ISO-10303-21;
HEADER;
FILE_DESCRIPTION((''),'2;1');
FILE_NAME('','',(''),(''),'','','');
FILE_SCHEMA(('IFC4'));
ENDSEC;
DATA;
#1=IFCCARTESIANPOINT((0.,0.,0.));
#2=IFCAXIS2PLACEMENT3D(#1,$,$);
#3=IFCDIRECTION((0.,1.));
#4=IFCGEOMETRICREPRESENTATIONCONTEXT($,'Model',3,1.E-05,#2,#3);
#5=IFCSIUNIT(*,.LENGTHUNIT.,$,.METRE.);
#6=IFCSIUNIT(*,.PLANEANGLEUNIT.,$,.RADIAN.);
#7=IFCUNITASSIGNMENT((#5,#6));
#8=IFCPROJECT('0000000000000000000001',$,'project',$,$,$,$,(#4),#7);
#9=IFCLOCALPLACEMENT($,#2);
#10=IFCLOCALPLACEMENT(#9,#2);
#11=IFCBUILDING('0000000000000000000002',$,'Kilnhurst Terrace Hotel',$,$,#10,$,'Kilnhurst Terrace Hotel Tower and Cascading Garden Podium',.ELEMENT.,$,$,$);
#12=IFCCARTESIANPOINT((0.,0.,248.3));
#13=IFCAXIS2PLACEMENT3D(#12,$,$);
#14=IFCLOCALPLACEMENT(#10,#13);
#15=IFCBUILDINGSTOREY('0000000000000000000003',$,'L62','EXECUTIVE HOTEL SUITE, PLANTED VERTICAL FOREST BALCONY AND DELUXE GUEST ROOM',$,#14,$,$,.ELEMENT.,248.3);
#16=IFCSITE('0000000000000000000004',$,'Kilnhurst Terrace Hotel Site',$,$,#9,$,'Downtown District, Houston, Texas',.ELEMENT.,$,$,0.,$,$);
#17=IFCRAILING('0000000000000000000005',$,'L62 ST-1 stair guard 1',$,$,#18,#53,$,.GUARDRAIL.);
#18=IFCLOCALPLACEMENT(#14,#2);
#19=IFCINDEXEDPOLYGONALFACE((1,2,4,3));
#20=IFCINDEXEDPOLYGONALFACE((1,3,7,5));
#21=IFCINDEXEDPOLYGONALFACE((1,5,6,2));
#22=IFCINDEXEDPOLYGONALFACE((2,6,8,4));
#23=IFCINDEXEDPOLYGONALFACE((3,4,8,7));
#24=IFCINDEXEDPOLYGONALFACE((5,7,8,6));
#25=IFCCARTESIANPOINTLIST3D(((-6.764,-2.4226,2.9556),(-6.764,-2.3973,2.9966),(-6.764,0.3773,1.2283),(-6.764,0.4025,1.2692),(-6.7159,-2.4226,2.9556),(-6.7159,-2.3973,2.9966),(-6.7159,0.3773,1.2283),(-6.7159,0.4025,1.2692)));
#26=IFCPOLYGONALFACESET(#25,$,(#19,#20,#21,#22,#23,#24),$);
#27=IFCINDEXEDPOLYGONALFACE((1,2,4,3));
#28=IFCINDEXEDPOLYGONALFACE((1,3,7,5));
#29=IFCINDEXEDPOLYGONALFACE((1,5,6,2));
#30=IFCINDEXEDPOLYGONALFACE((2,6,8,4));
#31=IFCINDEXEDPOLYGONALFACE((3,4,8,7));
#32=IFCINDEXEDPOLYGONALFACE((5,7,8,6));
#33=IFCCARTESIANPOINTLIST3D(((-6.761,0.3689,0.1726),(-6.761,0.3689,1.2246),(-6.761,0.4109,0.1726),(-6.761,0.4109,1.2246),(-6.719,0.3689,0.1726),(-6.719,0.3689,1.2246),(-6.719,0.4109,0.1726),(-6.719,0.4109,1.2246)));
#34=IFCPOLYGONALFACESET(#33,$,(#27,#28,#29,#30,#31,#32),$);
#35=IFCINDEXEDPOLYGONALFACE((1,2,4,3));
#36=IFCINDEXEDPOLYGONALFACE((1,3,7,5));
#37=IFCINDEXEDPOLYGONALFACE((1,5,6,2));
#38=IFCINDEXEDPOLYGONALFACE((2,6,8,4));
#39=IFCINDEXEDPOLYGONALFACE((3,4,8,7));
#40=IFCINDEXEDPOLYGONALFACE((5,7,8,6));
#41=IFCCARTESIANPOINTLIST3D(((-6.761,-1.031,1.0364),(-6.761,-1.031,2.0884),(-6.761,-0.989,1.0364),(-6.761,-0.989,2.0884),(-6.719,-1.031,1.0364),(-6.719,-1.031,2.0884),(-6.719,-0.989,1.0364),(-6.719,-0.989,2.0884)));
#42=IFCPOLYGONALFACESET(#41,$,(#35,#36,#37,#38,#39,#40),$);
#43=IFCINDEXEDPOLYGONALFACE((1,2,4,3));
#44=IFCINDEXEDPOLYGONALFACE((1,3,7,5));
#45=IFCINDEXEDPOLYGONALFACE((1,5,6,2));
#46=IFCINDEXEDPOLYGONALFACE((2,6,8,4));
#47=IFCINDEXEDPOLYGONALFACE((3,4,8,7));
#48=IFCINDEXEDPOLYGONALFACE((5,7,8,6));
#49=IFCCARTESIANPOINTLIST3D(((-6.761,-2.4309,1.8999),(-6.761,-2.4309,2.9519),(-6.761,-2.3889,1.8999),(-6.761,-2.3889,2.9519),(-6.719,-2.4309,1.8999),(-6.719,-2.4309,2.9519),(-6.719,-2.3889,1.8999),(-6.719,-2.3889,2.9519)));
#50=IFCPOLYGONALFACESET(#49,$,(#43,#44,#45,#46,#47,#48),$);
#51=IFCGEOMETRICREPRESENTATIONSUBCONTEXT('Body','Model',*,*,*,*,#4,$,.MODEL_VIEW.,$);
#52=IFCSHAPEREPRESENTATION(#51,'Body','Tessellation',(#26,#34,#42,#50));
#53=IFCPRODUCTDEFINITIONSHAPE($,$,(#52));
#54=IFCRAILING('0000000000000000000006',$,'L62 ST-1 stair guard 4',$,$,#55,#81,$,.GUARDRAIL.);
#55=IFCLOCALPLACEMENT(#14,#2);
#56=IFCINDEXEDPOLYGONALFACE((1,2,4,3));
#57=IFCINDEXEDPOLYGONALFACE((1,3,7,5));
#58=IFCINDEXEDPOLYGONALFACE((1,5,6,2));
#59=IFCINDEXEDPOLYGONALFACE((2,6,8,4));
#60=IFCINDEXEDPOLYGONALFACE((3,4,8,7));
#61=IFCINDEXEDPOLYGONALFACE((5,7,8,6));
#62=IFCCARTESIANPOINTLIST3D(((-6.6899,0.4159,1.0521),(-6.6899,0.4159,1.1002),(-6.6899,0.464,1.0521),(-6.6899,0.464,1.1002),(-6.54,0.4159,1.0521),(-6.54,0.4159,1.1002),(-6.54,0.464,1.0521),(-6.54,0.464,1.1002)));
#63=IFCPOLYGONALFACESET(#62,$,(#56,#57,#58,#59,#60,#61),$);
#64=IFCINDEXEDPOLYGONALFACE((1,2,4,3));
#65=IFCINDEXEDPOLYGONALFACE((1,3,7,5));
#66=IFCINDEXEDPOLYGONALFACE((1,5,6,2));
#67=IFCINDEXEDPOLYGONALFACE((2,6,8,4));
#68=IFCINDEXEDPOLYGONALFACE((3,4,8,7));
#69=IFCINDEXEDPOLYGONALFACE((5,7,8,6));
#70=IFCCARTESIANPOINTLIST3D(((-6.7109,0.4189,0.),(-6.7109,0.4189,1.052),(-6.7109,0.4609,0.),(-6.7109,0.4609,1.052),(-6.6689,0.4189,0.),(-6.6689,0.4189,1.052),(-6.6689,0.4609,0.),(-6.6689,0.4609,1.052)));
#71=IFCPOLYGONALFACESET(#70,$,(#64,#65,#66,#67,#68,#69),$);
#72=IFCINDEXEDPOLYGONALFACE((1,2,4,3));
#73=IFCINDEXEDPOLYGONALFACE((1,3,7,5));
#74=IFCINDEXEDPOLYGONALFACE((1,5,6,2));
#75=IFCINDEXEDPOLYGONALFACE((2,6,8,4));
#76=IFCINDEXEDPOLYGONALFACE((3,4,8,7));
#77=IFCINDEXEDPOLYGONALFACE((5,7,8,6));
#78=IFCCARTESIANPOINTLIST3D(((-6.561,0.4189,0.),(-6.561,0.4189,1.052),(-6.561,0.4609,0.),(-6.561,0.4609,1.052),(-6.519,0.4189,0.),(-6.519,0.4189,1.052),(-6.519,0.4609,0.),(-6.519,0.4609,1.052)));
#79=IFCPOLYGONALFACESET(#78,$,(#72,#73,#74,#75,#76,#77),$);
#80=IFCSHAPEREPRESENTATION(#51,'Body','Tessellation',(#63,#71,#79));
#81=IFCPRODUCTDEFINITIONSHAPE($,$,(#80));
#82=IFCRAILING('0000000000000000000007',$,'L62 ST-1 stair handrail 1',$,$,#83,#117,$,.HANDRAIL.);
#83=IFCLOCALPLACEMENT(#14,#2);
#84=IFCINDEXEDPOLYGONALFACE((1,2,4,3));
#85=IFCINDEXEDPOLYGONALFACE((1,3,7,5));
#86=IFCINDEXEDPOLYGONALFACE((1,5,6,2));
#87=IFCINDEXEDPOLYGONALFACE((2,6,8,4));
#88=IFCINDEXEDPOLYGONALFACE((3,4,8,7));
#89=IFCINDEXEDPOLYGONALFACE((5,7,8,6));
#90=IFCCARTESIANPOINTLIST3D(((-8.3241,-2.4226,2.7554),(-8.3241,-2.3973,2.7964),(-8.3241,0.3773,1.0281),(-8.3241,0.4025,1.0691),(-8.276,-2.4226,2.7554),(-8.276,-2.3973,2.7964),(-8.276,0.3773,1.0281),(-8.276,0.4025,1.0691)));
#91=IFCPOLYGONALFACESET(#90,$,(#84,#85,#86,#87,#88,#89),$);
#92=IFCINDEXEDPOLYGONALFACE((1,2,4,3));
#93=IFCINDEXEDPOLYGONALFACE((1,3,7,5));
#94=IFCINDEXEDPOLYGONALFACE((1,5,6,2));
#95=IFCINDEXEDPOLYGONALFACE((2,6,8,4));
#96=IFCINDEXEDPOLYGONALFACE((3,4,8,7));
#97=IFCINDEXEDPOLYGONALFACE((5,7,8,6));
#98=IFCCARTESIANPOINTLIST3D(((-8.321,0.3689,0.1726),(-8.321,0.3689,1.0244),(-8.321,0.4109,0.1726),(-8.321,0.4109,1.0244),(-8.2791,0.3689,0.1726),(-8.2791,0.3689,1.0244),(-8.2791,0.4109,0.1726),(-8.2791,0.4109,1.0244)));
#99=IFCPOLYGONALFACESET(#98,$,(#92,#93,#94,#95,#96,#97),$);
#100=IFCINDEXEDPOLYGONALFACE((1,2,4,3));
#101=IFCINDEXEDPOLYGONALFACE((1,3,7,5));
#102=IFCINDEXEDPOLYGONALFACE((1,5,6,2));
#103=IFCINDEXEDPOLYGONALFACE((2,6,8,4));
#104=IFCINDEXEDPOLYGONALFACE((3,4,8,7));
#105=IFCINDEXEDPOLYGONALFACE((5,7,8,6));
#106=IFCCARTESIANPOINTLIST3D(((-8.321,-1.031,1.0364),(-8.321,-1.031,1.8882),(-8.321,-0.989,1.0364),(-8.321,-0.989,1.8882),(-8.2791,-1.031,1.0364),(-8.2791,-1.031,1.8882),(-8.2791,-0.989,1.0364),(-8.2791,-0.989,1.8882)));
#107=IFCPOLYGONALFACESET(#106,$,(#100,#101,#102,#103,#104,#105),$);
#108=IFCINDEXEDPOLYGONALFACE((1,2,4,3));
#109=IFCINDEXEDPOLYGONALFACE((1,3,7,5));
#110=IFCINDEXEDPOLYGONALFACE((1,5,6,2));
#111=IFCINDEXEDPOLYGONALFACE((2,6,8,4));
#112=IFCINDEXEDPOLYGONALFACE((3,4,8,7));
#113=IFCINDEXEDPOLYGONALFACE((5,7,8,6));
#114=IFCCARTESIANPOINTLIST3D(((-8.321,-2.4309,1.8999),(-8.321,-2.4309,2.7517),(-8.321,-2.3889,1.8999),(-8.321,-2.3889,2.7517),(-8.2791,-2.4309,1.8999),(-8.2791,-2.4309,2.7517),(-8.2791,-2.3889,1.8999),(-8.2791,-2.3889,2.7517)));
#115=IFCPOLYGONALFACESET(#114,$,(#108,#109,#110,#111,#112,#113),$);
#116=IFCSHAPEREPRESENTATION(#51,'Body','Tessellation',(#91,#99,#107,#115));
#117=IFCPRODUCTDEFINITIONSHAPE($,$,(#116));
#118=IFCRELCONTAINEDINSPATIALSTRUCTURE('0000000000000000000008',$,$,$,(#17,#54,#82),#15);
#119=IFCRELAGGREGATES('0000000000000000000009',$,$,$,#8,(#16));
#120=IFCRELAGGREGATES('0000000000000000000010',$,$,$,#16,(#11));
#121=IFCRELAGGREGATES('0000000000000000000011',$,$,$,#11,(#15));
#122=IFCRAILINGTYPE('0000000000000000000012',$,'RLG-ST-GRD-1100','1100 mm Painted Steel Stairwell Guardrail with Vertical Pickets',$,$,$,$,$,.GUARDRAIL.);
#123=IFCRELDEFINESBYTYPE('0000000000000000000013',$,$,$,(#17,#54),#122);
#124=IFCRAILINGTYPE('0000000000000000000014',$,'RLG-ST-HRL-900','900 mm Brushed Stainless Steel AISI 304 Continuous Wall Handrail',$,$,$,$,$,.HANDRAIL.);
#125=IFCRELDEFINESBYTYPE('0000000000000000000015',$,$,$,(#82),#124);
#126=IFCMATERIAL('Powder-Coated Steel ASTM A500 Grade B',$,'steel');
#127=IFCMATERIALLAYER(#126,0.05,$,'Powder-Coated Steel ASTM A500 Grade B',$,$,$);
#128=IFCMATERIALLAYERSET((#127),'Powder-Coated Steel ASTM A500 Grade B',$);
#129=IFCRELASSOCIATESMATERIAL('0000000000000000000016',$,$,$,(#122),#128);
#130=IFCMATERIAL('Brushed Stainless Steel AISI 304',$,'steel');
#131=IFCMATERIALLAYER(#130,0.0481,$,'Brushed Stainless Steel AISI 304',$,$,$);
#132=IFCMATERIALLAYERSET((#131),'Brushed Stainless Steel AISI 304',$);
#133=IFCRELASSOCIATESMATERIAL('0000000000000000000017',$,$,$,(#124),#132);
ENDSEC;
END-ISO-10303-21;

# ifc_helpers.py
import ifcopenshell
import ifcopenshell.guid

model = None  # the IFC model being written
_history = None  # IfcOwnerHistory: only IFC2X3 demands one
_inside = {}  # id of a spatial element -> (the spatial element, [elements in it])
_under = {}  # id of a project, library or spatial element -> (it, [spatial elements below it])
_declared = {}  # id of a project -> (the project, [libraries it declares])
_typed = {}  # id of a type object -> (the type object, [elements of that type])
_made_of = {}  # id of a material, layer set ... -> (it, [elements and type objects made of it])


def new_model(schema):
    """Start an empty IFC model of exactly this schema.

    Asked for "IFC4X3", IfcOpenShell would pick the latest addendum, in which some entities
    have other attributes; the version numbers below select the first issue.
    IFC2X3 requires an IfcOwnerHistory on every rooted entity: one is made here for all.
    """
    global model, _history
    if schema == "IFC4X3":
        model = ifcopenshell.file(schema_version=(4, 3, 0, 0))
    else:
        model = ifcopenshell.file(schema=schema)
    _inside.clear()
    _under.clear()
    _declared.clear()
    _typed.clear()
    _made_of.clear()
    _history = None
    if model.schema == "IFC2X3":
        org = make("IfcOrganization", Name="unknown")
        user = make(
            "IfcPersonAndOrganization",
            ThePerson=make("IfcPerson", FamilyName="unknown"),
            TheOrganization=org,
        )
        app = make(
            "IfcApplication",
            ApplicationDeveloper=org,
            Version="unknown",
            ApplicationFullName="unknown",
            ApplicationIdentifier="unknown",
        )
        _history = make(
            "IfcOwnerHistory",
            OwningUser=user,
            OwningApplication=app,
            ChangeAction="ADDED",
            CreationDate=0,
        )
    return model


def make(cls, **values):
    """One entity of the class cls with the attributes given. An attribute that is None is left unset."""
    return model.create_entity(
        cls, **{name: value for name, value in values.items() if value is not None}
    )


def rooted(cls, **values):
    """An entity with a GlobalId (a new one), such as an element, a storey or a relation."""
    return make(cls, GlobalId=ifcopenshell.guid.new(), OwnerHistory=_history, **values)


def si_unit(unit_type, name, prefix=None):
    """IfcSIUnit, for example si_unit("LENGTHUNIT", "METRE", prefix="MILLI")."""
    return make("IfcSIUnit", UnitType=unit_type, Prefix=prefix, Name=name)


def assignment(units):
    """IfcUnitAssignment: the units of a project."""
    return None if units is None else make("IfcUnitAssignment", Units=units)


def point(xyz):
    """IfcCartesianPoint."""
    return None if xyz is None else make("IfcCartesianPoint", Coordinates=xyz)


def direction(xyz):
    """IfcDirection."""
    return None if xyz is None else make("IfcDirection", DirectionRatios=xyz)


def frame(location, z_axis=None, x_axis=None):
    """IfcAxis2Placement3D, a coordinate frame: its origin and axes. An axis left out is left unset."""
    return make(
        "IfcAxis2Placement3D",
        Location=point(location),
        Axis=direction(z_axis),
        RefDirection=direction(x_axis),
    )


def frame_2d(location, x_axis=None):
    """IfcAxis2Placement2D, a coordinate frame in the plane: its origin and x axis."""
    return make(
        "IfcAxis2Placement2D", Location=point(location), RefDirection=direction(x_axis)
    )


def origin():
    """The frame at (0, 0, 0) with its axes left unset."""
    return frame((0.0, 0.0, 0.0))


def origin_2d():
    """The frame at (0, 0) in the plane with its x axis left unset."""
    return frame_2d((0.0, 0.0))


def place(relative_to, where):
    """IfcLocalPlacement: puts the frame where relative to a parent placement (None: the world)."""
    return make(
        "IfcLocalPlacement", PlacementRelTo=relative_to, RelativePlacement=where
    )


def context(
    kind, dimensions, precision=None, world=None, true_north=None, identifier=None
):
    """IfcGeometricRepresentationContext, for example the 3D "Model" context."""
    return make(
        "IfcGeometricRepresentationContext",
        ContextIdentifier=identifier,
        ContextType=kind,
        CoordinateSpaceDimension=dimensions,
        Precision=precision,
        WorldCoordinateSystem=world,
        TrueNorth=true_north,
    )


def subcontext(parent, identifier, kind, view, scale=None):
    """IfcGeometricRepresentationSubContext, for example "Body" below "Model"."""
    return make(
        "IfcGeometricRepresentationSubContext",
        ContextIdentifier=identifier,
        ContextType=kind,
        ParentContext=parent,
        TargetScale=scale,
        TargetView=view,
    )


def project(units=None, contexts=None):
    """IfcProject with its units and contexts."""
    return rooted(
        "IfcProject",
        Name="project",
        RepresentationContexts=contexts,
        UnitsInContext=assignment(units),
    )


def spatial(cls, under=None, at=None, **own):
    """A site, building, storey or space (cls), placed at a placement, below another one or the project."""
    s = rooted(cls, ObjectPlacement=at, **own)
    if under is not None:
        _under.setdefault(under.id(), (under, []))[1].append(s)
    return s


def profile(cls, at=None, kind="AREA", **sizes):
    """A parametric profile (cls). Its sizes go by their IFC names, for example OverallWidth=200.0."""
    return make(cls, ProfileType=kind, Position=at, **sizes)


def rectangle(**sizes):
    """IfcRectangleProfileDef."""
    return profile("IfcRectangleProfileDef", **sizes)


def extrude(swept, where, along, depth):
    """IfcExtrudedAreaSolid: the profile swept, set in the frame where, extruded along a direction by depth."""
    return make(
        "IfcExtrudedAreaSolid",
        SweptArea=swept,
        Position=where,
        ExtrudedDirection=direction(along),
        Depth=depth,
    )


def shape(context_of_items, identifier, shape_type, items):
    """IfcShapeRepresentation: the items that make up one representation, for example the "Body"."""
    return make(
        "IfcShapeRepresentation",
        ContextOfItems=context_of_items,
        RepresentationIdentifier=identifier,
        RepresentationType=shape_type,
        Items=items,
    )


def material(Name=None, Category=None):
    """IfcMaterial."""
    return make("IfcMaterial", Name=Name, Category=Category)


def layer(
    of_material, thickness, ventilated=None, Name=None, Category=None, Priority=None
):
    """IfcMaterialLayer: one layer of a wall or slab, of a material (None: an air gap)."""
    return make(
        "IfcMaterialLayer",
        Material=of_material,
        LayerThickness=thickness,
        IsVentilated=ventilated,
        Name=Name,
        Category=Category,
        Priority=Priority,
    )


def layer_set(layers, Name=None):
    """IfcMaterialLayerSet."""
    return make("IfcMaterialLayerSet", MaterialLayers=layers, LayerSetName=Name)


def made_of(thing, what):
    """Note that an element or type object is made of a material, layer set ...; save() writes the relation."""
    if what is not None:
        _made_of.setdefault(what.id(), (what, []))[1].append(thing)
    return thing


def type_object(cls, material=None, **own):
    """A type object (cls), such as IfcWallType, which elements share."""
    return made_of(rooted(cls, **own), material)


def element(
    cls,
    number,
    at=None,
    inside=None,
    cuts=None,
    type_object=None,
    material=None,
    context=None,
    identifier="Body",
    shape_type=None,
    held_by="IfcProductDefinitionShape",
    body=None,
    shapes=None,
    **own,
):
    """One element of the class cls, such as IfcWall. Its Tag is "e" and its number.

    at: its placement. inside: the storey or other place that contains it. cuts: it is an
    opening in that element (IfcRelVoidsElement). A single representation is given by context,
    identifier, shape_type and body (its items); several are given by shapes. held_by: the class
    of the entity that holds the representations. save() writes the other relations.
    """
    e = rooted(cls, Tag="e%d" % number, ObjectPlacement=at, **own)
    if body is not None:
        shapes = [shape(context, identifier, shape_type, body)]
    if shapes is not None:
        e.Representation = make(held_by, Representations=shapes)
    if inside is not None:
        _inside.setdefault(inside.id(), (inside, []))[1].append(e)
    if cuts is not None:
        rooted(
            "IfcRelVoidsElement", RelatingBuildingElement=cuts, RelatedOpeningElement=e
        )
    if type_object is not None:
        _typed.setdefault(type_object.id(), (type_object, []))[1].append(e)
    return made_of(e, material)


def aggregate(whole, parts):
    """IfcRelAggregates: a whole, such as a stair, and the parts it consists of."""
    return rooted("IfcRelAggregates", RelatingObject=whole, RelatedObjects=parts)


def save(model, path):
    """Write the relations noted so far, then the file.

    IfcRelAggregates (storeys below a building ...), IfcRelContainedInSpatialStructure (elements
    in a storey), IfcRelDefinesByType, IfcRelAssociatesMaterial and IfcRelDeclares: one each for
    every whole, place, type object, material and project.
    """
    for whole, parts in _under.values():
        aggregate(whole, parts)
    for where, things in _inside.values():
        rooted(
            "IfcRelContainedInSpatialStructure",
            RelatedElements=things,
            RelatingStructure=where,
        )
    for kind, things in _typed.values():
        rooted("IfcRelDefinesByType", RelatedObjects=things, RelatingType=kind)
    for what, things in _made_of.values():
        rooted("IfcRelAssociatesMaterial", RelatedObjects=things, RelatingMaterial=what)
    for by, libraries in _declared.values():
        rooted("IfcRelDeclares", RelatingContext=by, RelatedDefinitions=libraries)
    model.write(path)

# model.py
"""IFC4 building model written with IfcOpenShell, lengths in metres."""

from ifc_helpers import new_model, si_unit, direction, frame, origin, origin_2d, place, context, subcontext, project, spatial, rectangle, extrude, material, layer, layer_set, type_object, element, save


model = new_model("IFC4")

# Units and contexts
model_context = context("Model", 3, precision=1e-05, world=origin(), true_north=direction((0.0, 1.0)))
body_context = subcontext(model_context, "Body", "Model", "MODEL_VIEW")
ifc_project = project(units=[si_unit("LENGTHUNIT", "METRE"), si_unit("PLANEANGLEUNIT", "RADIAN")], contexts=[model_context])

# Site, building, storey
site_placement = place(None, origin())
site = spatial("IfcSite", under=ifc_project, at=site_placement, Name="Kilnhurst Terrace Hotel Site", LongName="Downtown District, Houston, Texas", CompositionType="ELEMENT", RefElevation=0.0)
building_placement = place(site_placement, origin())
building = spatial("IfcBuilding", under=site, at=building_placement, Name="Kilnhurst Terrace Hotel", LongName="Kilnhurst Terrace Hotel Tower and Cascading Garden Podium", CompositionType="ELEMENT")
storey_placement = place(building_placement, frame((0.0, 0.0, 248.3)))
storey = spatial("IfcBuildingStorey", under=building, at=storey_placement, Name="L62", Description="EXECUTIVE HOTEL SUITE, PLANTED VERTICAL FOREST BALCONY AND DELUXE GUEST ROOM", CompositionType="ELEMENT", Elevation=248.3)

# Railings
ifc_material_1 = material(Name="Powder-Coated Steel ASTM A500 Grade B", Category="steel")
ifc_layer_1 = layer(ifc_material_1, 0.05, Name="Powder-Coated Steel ASTM A500 Grade B")
ifc_layer_set_1 = layer_set([ifc_layer_1], Name="Powder-Coated Steel ASTM A500 Grade B")
railing_type_1 = type_object("IfcRailingType", Name="RLG-ST-GRD-1100", Description="1100 mm Painted Steel Stairwell Guardrail with Vertical Pickets", PredefinedType="GUARDRAIL", material=ifc_layer_set_1)
railing_1_placement = place(storey_placement, frame((-6.74, 0.3899, 0.1726)))
element("IfcRailing", 1, at=railing_1_placement, inside=storey, type_object=railing_type_1, Name="L62 ST-1 stair guard 1", PredefinedType="GUARDRAIL", context=body_context, shape_type="SweptSolid", body=[
    extrude(rectangle(XDim=0.0481, YDim=0.0481, at=origin_2d()), frame((0.0, 0.0, 1.0762), z_axis=(0.0, -0.851069, 0.525054), x_axis=(1.0, 0.0, 0.0)), (0.0, 0.0, 1.0), 3.2898),
    extrude(rectangle(XDim=0.042, YDim=0.042, at=origin_2d()), origin(), (0.0, 0.0, 1.0), 1.052),
    extrude(rectangle(XDim=0.042, YDim=0.042, at=origin_2d()), frame((0.0, -1.3999, 0.8638)), (0.0, 0.0, 1.0), 1.052),
    extrude(rectangle(XDim=0.042, YDim=0.042, at=origin_2d()), frame((0.0, -2.7998, 1.7273)), (0.0, 0.0, 1.0), 1.052),
])
railing_2_placement = place(storey_placement, frame((-6.6899, 0.4399, 0.0)))
element("IfcRailing", 2, at=railing_2_placement, inside=storey, type_object=railing_type_1, Name="L62 ST-1 stair guard 4", PredefinedType="GUARDRAIL", context=body_context, shape_type="SweptSolid", body=[
    extrude(rectangle(XDim=0.0481, YDim=0.0481, at=origin_2d()), frame((0.0, 0.0, 1.0762), z_axis=(1.0, 0.0, 0.0), x_axis=(0.0, 1.0, 0.0)), (0.0, 0.0, 1.0), 0.1499),
    extrude(rectangle(XDim=0.042, YDim=0.042, at=origin_2d()), origin(), (0.0, 0.0, 1.0), 1.052),
    extrude(rectangle(XDim=0.042, YDim=0.042, at=origin_2d()), frame((0.1499, 0.0, 0.0)), (0.0, 0.0, 1.0), 1.052),
])
ifc_material_2 = material(Name="Brushed Stainless Steel AISI 304", Category="steel")
ifc_layer_2 = layer(ifc_material_2, 0.0481, Name="Brushed Stainless Steel AISI 304")
ifc_layer_set_2 = layer_set([ifc_layer_2], Name="Brushed Stainless Steel AISI 304")
railing_type_2 = type_object("IfcRailingType", Name="RLG-ST-HRL-900", Description="900 mm Brushed Stainless Steel AISI 304 Continuous Wall Handrail", PredefinedType="HANDRAIL", material=ifc_layer_set_2)
railing_3_placement = place(storey_placement, frame((-8.3, 0.3899, 0.1726)))
element("IfcRailing", 3, at=railing_3_placement, inside=storey, type_object=railing_type_2, Name="L62 ST-1 stair handrail 1", PredefinedType="HANDRAIL", context=body_context, shape_type="SweptSolid", body=[
    extrude(rectangle(XDim=0.0481, YDim=0.0481, at=origin_2d()), frame((0.0, 0.0, 0.876), z_axis=(0.0, -0.851069, 0.525054), x_axis=(1.0, 0.0, 0.0)), (0.0, 0.0, 1.0), 3.2898),
    extrude(rectangle(XDim=0.042, YDim=0.042, at=origin_2d()), origin(), (0.0, 0.0, 1.0), 0.8518),
    extrude(rectangle(XDim=0.042, YDim=0.042, at=origin_2d()), frame((0.0, -1.3999, 0.8638)), (0.0, 0.0, 1.0), 0.8518),
    extrude(rectangle(XDim=0.042, YDim=0.042, at=origin_2d()), frame((0.0, -2.7998, 1.7273)), (0.0, 0.0, 1.0), 0.8518),
])

save(model, "model.ifc")
